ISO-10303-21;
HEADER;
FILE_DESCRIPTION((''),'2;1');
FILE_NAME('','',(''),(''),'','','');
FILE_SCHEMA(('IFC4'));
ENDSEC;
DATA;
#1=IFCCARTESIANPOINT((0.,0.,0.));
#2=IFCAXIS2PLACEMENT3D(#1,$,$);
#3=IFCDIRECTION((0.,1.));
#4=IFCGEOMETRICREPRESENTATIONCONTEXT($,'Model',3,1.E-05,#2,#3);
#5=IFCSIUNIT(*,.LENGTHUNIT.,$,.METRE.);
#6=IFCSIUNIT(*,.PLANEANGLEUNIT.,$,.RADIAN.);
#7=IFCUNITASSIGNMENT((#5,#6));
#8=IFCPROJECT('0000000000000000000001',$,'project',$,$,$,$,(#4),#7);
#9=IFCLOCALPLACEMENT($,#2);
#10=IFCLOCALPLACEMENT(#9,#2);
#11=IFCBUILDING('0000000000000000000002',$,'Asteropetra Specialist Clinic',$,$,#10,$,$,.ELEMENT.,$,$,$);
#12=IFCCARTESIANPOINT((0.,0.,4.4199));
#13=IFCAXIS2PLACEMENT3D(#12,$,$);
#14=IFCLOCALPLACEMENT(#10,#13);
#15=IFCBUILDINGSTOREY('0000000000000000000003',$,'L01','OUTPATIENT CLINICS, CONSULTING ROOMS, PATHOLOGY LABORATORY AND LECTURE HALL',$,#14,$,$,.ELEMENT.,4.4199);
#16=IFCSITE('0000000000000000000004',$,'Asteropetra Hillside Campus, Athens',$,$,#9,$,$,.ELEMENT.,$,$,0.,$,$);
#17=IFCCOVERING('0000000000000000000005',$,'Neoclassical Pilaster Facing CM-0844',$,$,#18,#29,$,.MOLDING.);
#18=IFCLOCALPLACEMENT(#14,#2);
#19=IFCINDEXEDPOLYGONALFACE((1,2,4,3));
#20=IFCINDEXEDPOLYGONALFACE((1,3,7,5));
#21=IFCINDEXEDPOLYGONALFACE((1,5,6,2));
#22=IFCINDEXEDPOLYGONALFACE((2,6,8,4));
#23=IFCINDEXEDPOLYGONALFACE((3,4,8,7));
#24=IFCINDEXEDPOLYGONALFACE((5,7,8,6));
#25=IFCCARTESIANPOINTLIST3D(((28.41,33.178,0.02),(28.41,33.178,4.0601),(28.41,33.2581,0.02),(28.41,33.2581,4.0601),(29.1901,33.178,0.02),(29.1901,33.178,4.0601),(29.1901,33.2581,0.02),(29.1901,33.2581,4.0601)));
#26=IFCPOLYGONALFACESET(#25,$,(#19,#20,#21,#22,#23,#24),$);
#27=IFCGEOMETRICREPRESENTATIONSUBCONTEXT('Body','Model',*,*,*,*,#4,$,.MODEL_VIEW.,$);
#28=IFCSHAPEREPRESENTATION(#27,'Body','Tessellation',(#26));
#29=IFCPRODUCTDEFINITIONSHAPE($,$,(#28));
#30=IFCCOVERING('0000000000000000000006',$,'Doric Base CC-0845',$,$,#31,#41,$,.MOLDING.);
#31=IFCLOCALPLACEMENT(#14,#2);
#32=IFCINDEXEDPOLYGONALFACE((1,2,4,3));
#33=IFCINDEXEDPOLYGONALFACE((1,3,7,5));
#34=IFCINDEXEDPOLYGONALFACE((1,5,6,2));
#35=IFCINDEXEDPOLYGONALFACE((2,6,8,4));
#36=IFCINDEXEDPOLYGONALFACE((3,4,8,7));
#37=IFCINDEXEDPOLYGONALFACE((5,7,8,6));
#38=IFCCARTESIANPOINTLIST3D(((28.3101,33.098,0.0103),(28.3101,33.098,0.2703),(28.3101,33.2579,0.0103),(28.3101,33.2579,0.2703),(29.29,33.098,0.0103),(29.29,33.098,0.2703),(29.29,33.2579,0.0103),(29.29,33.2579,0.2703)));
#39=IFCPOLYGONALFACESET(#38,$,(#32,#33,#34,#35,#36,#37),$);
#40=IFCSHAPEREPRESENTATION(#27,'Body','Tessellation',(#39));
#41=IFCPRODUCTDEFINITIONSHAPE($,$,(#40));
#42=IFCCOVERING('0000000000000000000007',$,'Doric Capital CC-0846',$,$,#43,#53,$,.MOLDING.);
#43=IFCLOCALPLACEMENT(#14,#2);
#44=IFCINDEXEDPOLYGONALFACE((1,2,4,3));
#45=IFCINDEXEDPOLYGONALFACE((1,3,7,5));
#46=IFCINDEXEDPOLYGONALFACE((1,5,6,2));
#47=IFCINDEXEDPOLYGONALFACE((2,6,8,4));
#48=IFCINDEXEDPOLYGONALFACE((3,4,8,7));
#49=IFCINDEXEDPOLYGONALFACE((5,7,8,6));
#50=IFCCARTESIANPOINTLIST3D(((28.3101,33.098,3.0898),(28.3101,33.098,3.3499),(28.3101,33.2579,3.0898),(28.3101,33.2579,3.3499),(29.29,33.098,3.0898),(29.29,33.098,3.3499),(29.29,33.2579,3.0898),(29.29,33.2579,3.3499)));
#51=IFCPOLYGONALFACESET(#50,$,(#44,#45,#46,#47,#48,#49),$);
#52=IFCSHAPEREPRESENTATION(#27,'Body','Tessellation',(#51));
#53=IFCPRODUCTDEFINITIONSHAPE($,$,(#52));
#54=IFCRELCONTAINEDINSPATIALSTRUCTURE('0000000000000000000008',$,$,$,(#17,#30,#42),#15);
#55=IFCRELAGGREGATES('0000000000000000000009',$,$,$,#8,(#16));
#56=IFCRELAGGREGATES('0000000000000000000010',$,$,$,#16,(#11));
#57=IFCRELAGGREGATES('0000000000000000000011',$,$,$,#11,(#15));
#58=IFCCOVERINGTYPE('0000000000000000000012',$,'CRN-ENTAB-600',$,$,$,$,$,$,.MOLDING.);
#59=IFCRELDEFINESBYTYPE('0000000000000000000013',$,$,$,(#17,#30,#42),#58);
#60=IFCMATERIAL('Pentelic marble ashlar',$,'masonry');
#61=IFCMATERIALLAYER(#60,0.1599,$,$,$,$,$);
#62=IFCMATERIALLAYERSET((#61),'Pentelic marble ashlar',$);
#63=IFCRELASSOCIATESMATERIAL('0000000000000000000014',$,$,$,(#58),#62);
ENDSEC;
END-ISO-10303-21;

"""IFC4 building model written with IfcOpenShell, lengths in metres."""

from ifc_helpers import new_model, si_unit, direction, frame, origin, origin_2d, place, context, subcontext, project, spatial, rectangle, extrude, material, layer, layer_set, type_object, element, save


model = new_model("IFC4")

# Units and contexts
model_context = context("Model", 3, precision=1e-05, world=origin(), true_north=direction((0.0, 1.0)))
body_context = subcontext(model_context, "Body", "Model", "MODEL_VIEW")
ifc_project = project(units=[si_unit("LENGTHUNIT", "METRE"), si_unit("PLANEANGLEUNIT", "RADIAN")], contexts=[model_context])

# Site, building, storey
site_placement = place(None, origin())
site = spatial("IfcSite", under=ifc_project, at=site_placement, Name="Asteropetra Hillside Campus, Athens", CompositionType="ELEMENT", RefElevation=0.0)
building_placement = place(site_placement, origin())
building = spatial("IfcBuilding", under=site, at=building_placement, Name="Asteropetra Specialist Clinic", CompositionType="ELEMENT")
storey_placement = place(building_placement, frame((0.0, 0.0, 4.4199)))
storey = spatial("IfcBuildingStorey", under=building, at=storey_placement, Name="L01", Description="OUTPATIENT CLINICS, CONSULTING ROOMS, PATHOLOGY LABORATORY AND LECTURE HALL", CompositionType="ELEMENT", Elevation=4.4199)

# Coverings
ifc_material_1 = material(Name="Pentelic marble ashlar", Category="masonry")
ifc_layer_1 = layer(ifc_material_1, 0.1599)
ifc_layer_set_1 = layer_set([ifc_layer_1], Name="Pentelic marble ashlar")
covering_type = type_object("IfcCoveringType", Name="CRN-ENTAB-600", PredefinedType="MOLDING", material=ifc_layer_set_1)
covering_1_placement = place(storey_placement, frame((28.8, 33.218, 0.02), z_axis=(0.0, 0.0, 1.0), x_axis=(1.0, 0.0, 0.0)))
element("IfcCovering", 1, at=covering_1_placement, inside=storey, type_object=covering_type, Name="Neoclassical Pilaster Facing CM-0844", PredefinedType="MOLDING", context=body_context, shape_type="SweptSolid", body=[
    extrude(rectangle(XDim=0.78, YDim=0.0801, at=origin_2d()), origin(), (0.0, 0.0, 1.0), 4.04),
])
for number, where, z_axis, x_axis, name in (
    (2, (28.8, 33.178, 0.0103), (0.0, 0.0, 1.0), (1.0, 0.0, 0.0), "Doric Base CC-0845"),
    (3, (28.8, 33.178, 3.0898), (0.0, 0.0, 1.0), (1.0, 0.0, 0.0), "Doric Capital CC-0846"),
):
    element("IfcCovering", number, at=place(storey_placement, frame(where, z_axis=z_axis, x_axis=x_axis)), inside=storey, type_object=covering_type, Name=name, PredefinedType="MOLDING", context=body_context, shape_type="SweptSolid", body=[
        extrude(rectangle(XDim=0.98, YDim=0.1599, at=origin_2d()), origin(), (0.0, 0.0, 1.0), 0.26),
    ])

save(model, "model.ifc")
